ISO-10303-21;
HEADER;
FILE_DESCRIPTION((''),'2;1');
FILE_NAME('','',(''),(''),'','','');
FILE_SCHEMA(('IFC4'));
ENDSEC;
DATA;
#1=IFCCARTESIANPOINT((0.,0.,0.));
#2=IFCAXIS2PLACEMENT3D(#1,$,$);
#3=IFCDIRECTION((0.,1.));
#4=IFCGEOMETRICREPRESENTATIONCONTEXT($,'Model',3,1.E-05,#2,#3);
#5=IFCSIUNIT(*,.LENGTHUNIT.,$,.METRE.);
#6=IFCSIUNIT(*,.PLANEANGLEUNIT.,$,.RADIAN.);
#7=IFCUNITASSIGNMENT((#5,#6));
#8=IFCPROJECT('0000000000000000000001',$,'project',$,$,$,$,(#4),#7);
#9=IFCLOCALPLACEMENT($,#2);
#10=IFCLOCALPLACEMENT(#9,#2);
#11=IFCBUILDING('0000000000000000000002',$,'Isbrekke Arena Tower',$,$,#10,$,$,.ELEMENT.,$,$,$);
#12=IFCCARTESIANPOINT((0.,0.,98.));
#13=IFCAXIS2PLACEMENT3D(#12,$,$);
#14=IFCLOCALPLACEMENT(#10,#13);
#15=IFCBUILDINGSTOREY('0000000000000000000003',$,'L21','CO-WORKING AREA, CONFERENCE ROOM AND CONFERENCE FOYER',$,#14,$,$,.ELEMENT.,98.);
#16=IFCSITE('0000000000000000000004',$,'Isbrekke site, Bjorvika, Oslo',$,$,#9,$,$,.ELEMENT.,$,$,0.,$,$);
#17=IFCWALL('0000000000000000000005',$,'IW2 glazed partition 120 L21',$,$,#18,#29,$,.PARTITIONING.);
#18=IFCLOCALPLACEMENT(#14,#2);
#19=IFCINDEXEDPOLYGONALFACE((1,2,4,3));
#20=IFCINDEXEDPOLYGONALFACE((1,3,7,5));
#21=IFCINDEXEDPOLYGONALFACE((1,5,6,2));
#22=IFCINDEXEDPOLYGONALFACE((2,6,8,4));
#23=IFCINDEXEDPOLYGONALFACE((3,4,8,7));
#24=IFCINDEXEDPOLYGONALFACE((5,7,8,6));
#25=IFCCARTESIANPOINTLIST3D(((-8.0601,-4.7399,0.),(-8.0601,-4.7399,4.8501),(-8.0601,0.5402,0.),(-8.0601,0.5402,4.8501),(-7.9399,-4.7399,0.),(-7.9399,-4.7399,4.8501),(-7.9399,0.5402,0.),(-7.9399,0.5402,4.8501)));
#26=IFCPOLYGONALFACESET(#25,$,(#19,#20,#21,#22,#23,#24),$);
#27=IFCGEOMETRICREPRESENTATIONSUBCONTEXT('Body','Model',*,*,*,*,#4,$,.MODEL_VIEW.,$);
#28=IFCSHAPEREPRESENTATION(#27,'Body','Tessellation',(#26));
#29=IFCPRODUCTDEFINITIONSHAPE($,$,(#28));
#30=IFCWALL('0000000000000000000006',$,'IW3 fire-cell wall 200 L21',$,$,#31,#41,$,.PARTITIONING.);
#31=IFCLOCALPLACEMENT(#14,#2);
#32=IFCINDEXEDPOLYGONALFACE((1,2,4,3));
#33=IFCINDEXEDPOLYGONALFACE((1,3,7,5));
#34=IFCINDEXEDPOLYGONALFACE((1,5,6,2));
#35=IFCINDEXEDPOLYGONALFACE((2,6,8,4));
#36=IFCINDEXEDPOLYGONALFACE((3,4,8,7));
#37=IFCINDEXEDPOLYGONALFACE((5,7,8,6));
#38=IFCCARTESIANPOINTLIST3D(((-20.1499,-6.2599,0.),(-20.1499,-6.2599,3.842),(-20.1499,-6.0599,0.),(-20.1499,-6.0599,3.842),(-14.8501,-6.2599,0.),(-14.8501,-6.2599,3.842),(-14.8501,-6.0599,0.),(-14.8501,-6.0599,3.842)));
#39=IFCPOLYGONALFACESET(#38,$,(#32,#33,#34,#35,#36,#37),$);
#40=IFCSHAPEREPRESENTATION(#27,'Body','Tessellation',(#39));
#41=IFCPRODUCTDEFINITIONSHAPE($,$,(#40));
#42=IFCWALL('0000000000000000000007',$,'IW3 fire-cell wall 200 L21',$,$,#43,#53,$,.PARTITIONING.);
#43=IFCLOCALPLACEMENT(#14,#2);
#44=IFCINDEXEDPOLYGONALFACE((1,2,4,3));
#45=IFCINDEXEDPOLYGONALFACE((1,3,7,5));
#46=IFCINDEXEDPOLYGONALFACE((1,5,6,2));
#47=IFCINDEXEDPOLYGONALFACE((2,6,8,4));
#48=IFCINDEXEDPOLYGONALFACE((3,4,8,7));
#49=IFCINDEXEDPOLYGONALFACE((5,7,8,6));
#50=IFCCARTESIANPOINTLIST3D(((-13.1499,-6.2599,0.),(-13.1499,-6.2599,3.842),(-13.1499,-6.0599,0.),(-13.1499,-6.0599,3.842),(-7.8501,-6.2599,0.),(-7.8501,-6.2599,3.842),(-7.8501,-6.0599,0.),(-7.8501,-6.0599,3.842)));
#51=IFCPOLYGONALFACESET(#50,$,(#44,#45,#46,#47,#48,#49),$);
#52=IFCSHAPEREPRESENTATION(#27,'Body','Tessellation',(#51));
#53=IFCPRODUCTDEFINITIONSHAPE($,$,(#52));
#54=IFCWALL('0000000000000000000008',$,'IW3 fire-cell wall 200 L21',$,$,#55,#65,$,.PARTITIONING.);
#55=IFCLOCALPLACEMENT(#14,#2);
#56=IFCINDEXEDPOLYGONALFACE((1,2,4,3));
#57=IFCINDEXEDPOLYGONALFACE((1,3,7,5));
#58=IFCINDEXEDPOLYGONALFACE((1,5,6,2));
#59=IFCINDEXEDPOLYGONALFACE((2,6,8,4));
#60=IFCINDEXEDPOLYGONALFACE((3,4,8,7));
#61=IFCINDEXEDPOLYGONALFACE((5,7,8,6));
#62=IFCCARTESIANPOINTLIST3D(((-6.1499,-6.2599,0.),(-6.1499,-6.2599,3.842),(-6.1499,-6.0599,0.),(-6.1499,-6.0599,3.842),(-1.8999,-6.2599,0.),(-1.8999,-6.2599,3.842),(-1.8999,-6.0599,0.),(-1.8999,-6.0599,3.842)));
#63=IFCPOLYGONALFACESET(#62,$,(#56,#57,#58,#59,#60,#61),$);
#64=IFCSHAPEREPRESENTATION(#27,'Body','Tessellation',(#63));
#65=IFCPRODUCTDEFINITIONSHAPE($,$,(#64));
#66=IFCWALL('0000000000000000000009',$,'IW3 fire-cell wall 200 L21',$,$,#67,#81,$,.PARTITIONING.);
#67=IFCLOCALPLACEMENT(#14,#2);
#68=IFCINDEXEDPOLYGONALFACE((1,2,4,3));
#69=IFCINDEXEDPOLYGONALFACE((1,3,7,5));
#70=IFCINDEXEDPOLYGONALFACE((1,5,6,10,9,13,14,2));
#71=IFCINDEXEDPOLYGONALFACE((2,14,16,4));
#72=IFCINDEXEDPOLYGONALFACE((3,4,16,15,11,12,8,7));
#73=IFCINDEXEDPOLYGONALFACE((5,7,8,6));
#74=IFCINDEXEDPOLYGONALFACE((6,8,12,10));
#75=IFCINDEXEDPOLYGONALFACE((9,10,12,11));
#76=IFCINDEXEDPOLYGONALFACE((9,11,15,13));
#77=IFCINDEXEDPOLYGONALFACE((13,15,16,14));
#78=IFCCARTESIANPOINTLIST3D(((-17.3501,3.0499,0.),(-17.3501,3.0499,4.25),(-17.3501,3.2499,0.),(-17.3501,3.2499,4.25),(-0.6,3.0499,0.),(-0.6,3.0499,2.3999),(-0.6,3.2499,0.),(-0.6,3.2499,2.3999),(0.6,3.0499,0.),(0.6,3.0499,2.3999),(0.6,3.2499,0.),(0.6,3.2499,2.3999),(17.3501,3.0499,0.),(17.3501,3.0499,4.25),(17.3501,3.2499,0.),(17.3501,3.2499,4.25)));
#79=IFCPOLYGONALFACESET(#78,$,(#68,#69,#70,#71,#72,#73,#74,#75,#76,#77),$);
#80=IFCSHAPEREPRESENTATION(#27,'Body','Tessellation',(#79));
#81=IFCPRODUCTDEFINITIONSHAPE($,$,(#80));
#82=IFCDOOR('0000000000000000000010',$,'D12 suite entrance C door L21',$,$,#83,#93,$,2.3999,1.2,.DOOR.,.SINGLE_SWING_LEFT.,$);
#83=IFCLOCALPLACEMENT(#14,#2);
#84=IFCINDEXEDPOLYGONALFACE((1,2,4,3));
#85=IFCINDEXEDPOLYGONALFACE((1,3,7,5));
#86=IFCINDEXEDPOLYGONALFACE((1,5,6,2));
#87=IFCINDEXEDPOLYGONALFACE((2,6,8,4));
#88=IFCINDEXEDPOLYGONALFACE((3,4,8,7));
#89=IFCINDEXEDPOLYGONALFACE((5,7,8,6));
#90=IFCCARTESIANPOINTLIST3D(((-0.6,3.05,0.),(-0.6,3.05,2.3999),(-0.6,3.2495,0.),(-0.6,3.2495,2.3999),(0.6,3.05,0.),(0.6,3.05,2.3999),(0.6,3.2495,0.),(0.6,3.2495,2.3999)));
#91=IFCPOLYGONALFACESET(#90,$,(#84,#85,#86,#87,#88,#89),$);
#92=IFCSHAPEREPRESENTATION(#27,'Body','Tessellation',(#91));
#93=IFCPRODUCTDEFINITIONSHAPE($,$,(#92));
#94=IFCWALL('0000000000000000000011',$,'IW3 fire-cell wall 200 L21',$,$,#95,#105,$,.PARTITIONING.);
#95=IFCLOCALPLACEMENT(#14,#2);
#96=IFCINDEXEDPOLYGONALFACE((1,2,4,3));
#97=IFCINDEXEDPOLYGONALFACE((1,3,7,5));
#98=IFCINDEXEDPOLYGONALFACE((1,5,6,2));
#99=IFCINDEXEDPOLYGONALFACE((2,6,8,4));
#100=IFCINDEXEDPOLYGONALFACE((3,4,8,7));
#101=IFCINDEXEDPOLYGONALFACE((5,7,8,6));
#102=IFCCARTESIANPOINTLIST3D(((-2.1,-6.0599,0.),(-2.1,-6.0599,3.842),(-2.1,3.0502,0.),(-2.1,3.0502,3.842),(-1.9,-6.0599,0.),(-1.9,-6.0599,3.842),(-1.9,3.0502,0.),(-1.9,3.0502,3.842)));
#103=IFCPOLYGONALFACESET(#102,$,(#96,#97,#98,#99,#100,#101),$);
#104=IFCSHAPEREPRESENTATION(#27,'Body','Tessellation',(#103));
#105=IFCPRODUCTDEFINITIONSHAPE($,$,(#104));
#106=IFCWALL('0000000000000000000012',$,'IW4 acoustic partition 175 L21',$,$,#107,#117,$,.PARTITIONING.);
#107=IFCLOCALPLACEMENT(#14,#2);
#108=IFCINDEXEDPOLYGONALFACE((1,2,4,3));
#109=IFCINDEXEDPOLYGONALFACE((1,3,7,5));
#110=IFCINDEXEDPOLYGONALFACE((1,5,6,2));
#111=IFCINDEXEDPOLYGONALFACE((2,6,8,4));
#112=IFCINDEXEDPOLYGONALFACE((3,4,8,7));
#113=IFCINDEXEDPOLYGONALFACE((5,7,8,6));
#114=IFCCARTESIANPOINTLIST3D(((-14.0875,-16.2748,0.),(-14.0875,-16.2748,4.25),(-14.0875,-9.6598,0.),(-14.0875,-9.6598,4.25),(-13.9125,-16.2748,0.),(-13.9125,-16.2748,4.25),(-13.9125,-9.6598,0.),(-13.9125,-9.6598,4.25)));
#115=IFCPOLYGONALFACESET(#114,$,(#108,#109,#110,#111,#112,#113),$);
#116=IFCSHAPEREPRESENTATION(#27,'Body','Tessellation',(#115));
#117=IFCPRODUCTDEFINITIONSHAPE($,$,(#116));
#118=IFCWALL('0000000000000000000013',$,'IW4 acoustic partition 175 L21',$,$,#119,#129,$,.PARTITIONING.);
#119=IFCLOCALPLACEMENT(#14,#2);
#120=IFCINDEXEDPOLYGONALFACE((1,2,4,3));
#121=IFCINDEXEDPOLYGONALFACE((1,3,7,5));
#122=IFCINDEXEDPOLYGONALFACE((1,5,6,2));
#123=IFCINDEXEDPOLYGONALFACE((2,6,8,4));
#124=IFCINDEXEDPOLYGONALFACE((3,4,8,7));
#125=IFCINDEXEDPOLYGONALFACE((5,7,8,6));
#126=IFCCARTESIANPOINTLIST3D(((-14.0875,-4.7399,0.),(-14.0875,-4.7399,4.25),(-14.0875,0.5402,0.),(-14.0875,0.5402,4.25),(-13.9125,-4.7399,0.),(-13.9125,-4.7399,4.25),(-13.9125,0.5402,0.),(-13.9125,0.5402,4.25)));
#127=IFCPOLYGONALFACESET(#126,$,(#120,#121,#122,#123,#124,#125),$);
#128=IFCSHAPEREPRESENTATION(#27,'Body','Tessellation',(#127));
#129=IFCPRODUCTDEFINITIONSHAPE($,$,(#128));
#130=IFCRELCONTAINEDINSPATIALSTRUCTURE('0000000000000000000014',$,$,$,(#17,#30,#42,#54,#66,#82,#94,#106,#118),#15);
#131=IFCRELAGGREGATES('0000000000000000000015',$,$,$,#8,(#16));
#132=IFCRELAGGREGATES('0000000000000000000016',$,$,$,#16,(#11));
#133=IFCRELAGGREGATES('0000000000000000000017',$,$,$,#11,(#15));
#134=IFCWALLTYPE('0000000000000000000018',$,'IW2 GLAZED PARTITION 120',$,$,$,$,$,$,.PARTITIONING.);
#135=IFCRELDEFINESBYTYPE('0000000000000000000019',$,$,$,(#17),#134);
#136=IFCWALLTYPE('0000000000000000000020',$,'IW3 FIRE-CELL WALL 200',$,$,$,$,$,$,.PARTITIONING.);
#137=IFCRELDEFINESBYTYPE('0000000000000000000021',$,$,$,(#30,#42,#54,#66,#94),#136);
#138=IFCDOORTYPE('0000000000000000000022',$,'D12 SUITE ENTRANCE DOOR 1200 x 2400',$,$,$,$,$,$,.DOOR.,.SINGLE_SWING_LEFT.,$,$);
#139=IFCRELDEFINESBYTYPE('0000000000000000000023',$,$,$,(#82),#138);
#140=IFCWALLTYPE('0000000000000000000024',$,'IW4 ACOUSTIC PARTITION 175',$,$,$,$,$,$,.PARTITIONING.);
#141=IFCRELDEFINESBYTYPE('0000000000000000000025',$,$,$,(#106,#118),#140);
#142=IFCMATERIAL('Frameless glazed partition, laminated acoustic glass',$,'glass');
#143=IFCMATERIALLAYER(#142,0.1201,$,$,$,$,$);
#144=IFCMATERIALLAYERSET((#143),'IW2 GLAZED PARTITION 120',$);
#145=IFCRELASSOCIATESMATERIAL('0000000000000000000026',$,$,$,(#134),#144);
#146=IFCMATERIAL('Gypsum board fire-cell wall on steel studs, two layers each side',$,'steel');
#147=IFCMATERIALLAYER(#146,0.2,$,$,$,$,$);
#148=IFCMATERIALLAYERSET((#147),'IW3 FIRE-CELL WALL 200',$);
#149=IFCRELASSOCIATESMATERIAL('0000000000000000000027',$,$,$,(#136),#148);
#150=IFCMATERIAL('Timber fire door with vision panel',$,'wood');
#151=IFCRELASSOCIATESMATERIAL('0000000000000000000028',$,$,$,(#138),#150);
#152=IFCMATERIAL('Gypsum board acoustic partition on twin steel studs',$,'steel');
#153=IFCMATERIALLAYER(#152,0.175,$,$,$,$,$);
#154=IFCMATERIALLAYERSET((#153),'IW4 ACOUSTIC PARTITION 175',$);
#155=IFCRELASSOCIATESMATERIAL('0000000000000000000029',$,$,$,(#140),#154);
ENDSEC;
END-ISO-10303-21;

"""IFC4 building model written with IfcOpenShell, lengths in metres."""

from ifc_helpers import new_model, si_unit, direction, frame, frame_2d, origin, place, context, subcontext, project, spatial, rectangle, extrude, material, layer, layer_set, type_object, element, fill, save


model = new_model("IFC4")

# Units and contexts
model_context = context("Model", 3, precision=1e-05, world=origin(), true_north=direction((0.0, 1.0)))
body_context = subcontext(model_context, "Body", "Model", "MODEL_VIEW")
ifc_project = project(units=[si_unit("LENGTHUNIT", "METRE"), si_unit("PLANEANGLEUNIT", "RADIAN")], contexts=[model_context])

# Site, building, storey
site_placement = place(None, origin())
site = spatial("IfcSite", under=ifc_project, at=site_placement, Name="Isbrekke site, Bjorvika, Oslo", CompositionType="ELEMENT", RefElevation=0.0)
building_placement = place(site_placement, origin())
building = spatial("IfcBuilding", under=site, at=building_placement, Name="Isbrekke Arena Tower", CompositionType="ELEMENT")
storey_placement = place(building_placement, frame((0.0, 0.0, 98.0)))
storey = spatial("IfcBuildingStorey", under=building, at=storey_placement, Name="L21", Description="CO-WORKING AREA, CONFERENCE ROOM AND CONFERENCE FOYER", CompositionType="ELEMENT", Elevation=98.0)

# Shared definitions
ifc_material_1 = material(Name="Frameless glazed partition, laminated acoustic glass", Category="glass")
ifc_layer_1 = layer(ifc_material_1, 0.1201)
ifc_layer_set_1 = layer_set([ifc_layer_1], Name="IW2 GLAZED PARTITION 120")
wall_type_1 = type_object("IfcWallType", Name="IW2 GLAZED PARTITION 120", PredefinedType="PARTITIONING", material=ifc_layer_set_1)

# Walls
for number, where, z_axis, x_axis, name in (
    (1, (-8.0, -4.74, 0.0), (0.0, 0.0, 1.0), (0.0, 1.0, 0.0), "IW2 glazed partition 120 L21"),
):
    element("IfcWall", number, at=place(storey_placement, frame(where, z_axis=z_axis, x_axis=x_axis)), inside=storey, type_object=wall_type_1, Name=name, PredefinedType="PARTITIONING", context=body_context, shape_type="SweptSolid", body=[
        extrude(rectangle(XDim=5.28, YDim=0.1201, at=frame_2d((2.6401, 0.0))), origin(), (0.0, 0.0, 1.0), 4.8501),
    ])
ifc_material_2 = material(Name="Gypsum board fire-cell wall on steel studs, two layers each side", Category="steel")
ifc_layer_2 = layer(ifc_material_2, 0.2)
ifc_layer_set_2 = layer_set([ifc_layer_2], Name="IW3 FIRE-CELL WALL 200")
wall_type_2 = type_object("IfcWallType", Name="IW3 FIRE-CELL WALL 200", PredefinedType="PARTITIONING", material=ifc_layer_set_2)
for number, where, z_axis, x_axis, name in (
    (2, (-20.1499, -6.1599, 0.0), (0.0, 0.0, 1.0), (1.0, 0.0, 0.0), "IW3 fire-cell wall 200 L21"),
    (3, (-13.1499, -6.1599, 0.0), (0.0, 0.0, 1.0), (1.0, 0.0, 0.0), "IW3 fire-cell wall 200 L21"),
):
    element("IfcWall", number, at=place(storey_placement, frame(where, z_axis=z_axis, x_axis=x_axis)), inside=storey, type_object=wall_type_2, Name=name, PredefinedType="PARTITIONING", context=body_context, shape_type="SweptSolid", body=[
        extrude(rectangle(XDim=5.2998, YDim=0.2, at=frame_2d((2.6499, 0.0))), origin(), (0.0, 0.0, 1.0), 3.842),
    ])
wall_1_placement = place(storey_placement, frame((-6.1499, -6.1599, 0.0), z_axis=(0.0, 0.0, 1.0), x_axis=(1.0, 0.0, 0.0)))
element("IfcWall", 4, at=wall_1_placement, inside=storey, type_object=wall_type_2, Name="IW3 fire-cell wall 200 L21", PredefinedType="PARTITIONING", context=body_context, shape_type="SweptSolid", body=[
    extrude(rectangle(XDim=4.25, YDim=0.2, at=frame_2d((2.125, 0.0))), origin(), (0.0, 0.0, 1.0), 3.842),
])

# Wall, opening, door
wall_2_placement = place(storey_placement, frame((-17.3501, 3.1499, 0.0), z_axis=(0.0, 0.0, 1.0), x_axis=(1.0, 0.0, 0.0)))
wall_2 = element("IfcWall", 5, at=wall_2_placement, inside=storey, type_object=wall_type_2, Name="IW3 fire-cell wall 200 L21", PredefinedType="PARTITIONING", context=body_context, shape_type="SweptSolid", body=[
    extrude(rectangle(XDim=34.7002, YDim=0.2, at=frame_2d((17.3501, 0.0))), origin(), (0.0, 0.0, 1.0), 4.25),
])
opening_1_placement = place(wall_2_placement, frame((16.75, 0.0, 0.0)))
opening_1 = element("IfcOpeningElement", 6, at=opening_1_placement, cuts=wall_2, PredefinedType="OPENING", context=body_context, shape_type="SweptSolid", body=[
    extrude(rectangle(XDim=1.2, YDim=2.3999, at=frame_2d((0.6001, 1.2))), frame((0.0, 0.1147, 0.0), z_axis=(0.0, -1.0, 0.0), x_axis=(1.0, 0.0, 0.0)), (0.0, 0.0, 1.0), 0.2297),
])
ifc_material_3 = material(Name="Timber fire door with vision panel", Category="wood")
door_type_1 = type_object("IfcDoorType", Name="D12 SUITE ENTRANCE DOOR 1200 x 2400", OperationType="SINGLE_SWING_LEFT", PredefinedType="DOOR", material=ifc_material_3)
door_1_placement = place(opening_1_placement, origin())
door_1 = element("IfcDoor", 7, at=door_1_placement, inside=storey, type_object=door_type_1, Name="D12 suite entrance C door L21", OperationType="SINGLE_SWING_LEFT", OverallHeight=2.3999, OverallWidth=1.2, PredefinedType="DOOR", context=body_context, shape_type="SweptSolid", body=[
    extrude(rectangle(XDim=1.2, YDim=2.3999, at=frame_2d((0.6001, 1.2))), frame((0.0, 0.0996, 0.0), z_axis=(0.0, -1.0, 0.0), x_axis=(1.0, 0.0, 0.0)), (0.0, 0.0, 1.0), 0.1995),
])
fill(opening_1, door_1)

# Walls
wall_3_placement = place(storey_placement, frame((-2.0, -6.0601, 0.0), z_axis=(0.0, 0.0, 1.0), x_axis=(0.0, 1.0, 0.0)))
element("IfcWall", 8, at=wall_3_placement, inside=storey, type_object=wall_type_2, Name="IW3 fire-cell wall 200 L21", PredefinedType="PARTITIONING", context=body_context, shape_type="SweptSolid", body=[
    extrude(rectangle(XDim=9.1101, YDim=0.2, at=frame_2d((4.5552, 0.0))), origin(), (0.0, 0.0, 1.0), 3.842),
])
ifc_material_4 = material(Name="Gypsum board acoustic partition on twin steel studs", Category="steel")
ifc_layer_3 = layer(ifc_material_4, 0.175)
ifc_layer_set_3 = layer_set([ifc_layer_3], Name="IW4 ACOUSTIC PARTITION 175")
wall_type_3 = type_object("IfcWallType", Name="IW4 ACOUSTIC PARTITION 175", PredefinedType="PARTITIONING", material=ifc_layer_set_3)
wall_4_placement = place(storey_placement, frame((-14.0, -16.2749, 0.0), z_axis=(0.0, 0.0, 1.0), x_axis=(0.0, 1.0, 0.0)))
element("IfcWall", 9, at=wall_4_placement, inside=storey, type_object=wall_type_3, Name="IW4 acoustic partition 175 L21", PredefinedType="PARTITIONING", context=body_context, shape_type="SweptSolid", body=[
    extrude(rectangle(XDim=6.615, YDim=0.175, at=frame_2d((3.3076, 0.0))), origin(), (0.0, 0.0, 1.0), 4.25),
])
wall_5_placement = place(storey_placement, frame((-14.0, -4.74, 0.0), z_axis=(0.0, 0.0, 1.0), x_axis=(0.0, 1.0, 0.0)))
element("IfcWall", 10, at=wall_5_placement, inside=storey, type_object=wall_type_3, Name="IW4 acoustic partition 175 L21", PredefinedType="PARTITIONING", context=body_context, shape_type="SweptSolid", body=[
    extrude(rectangle(XDim=5.28, YDim=0.175, at=frame_2d((2.6401, 0.0))), origin(), (0.0, 0.0, 1.0), 4.25),
])

save(model, "model.ifc")
